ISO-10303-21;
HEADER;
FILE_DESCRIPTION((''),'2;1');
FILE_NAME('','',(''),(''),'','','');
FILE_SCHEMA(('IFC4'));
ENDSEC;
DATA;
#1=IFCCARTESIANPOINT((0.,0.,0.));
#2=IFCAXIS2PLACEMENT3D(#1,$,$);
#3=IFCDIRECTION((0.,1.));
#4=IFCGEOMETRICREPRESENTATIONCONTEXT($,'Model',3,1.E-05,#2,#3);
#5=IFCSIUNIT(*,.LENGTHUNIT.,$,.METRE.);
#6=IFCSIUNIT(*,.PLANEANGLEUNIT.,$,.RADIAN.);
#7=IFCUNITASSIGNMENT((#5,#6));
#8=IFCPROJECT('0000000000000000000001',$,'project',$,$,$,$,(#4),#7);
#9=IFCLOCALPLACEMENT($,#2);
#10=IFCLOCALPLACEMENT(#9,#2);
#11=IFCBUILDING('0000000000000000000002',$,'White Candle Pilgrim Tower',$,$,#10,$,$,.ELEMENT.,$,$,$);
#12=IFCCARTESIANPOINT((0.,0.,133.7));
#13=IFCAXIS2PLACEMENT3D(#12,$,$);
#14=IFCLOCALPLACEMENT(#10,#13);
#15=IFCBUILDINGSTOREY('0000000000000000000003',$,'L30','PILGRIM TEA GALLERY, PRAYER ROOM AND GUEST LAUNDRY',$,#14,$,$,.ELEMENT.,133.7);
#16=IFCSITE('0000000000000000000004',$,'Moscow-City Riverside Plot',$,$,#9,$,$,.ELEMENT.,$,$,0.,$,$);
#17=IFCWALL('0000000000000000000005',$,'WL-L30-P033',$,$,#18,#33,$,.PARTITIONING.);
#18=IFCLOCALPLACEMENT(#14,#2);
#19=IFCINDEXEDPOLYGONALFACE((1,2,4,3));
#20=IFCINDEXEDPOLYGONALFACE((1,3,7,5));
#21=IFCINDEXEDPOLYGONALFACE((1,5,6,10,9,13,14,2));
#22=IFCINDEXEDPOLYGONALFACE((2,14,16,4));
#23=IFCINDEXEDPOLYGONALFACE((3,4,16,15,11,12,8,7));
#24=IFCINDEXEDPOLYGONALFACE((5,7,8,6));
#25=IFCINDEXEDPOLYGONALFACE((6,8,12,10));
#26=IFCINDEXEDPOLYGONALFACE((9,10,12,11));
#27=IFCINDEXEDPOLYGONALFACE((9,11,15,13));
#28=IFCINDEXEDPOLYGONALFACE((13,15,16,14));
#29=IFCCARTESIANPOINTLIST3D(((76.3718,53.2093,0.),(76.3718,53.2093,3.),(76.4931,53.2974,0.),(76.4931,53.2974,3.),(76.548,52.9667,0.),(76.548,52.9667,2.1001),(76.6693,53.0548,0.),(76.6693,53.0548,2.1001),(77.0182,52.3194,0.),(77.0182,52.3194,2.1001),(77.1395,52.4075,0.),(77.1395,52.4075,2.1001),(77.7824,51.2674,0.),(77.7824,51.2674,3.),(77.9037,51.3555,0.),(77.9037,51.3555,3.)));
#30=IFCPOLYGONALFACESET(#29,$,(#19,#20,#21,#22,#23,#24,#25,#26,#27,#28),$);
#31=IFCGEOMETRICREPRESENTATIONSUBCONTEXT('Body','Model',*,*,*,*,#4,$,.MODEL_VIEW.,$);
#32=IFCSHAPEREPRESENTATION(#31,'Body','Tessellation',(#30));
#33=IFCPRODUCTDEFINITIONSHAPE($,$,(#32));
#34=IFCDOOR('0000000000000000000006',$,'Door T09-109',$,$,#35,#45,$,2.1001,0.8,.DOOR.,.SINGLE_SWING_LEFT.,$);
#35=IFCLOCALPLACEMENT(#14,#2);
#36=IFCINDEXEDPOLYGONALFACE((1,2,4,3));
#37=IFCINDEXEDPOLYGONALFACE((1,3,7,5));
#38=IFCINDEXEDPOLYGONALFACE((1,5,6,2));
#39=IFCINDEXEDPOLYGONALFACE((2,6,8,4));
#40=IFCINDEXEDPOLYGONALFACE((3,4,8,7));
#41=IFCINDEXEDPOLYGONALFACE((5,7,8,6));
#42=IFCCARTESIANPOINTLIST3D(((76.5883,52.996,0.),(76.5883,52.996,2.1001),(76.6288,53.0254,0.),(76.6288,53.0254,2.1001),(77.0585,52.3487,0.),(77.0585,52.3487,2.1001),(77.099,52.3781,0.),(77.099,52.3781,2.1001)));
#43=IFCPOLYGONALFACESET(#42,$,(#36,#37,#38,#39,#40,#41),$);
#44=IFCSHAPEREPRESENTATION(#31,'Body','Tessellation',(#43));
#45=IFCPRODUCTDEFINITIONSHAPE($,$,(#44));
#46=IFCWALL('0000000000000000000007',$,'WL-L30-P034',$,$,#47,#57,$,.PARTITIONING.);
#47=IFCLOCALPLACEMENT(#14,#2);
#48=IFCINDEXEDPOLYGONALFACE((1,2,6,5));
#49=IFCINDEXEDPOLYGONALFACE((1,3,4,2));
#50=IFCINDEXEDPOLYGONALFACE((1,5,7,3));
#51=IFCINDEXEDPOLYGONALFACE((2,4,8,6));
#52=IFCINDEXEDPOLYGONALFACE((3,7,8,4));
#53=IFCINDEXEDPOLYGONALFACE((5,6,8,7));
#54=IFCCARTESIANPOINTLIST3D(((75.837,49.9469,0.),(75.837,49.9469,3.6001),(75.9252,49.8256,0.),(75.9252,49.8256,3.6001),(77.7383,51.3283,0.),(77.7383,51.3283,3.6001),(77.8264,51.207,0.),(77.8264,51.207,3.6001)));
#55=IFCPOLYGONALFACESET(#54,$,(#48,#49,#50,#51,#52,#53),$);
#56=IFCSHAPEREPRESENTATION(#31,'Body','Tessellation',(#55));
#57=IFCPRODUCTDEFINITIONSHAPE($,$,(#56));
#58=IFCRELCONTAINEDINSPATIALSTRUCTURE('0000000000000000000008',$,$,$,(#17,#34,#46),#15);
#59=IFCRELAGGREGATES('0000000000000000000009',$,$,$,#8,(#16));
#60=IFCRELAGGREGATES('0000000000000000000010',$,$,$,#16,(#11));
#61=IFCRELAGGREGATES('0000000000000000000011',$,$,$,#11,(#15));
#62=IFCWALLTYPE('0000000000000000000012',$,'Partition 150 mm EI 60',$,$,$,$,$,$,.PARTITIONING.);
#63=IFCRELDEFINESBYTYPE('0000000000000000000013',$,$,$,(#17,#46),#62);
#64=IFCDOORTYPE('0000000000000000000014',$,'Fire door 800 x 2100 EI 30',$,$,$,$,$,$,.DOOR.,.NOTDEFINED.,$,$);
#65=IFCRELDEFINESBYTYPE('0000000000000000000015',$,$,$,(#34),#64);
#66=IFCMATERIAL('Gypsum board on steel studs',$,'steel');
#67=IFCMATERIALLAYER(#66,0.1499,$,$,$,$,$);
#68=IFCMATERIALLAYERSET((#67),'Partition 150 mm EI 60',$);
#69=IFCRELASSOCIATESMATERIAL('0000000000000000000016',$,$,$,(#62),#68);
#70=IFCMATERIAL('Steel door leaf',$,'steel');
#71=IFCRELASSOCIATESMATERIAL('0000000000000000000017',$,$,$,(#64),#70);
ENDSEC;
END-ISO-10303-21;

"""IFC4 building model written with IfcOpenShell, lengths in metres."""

from ifc_helpers import new_model, si_unit, direction, frame, frame_2d, origin, place, context, subcontext, project, spatial, rectangle, extrude, material, layer, layer_set, type_object, element, fill, save


model = new_model("IFC4")

# Units and contexts
model_context = context("Model", 3, precision=1e-05, world=origin(), true_north=direction((0.0, 1.0)))
body_context = subcontext(model_context, "Body", "Model", "MODEL_VIEW")
ifc_project = project(units=[si_unit("LENGTHUNIT", "METRE"), si_unit("PLANEANGLEUNIT", "RADIAN")], contexts=[model_context])

# Site, building, storey
site_placement = place(None, origin())
site = spatial("IfcSite", under=ifc_project, at=site_placement, Name="Moscow-City Riverside Plot", CompositionType="ELEMENT", RefElevation=0.0)
building_placement = place(site_placement, origin())
building = spatial("IfcBuilding", under=site, at=building_placement, Name="White Candle Pilgrim Tower", CompositionType="ELEMENT")
storey_placement = place(building_placement, frame((0.0, 0.0, 133.7)))
storey = spatial("IfcBuildingStorey", under=building, at=storey_placement, Name="L30", Description="PILGRIM TEA GALLERY, PRAYER ROOM AND GUEST LAUNDRY", CompositionType="ELEMENT", Elevation=133.7)

# Shared definitions
ifc_material_1 = material(Name="Gypsum board on steel studs", Category="steel")
ifc_material_2 = material(Name="Steel door leaf", Category="steel")

# Shared definitions
ifc_layer_1 = layer(ifc_material_1, 0.1499)
ifc_layer_set_1 = layer_set([ifc_layer_1], Name="Partition 150 mm EI 60")
wall_type_1 = type_object("IfcWallType", Name="Partition 150 mm EI 60", PredefinedType="PARTITIONING", material=ifc_layer_set_1)

# Wall, opening, door
wall_1_placement = place(storey_placement, frame((76.4324, 53.2534, 0.0), z_axis=(0.0, 0.0, 1.0), x_axis=(0.587724, -0.809061, 0.0)))
wall_1 = element("IfcWall", 1, at=wall_1_placement, inside=storey, type_object=wall_type_1, Name="WL-L30-P033", PredefinedType="PARTITIONING", context=body_context, shape_type="SweptSolid", body=[
    extrude(rectangle(XDim=2.4001, YDim=0.1499, at=frame_2d((1.2002, 0.0))), origin(), (0.0, 0.0, 1.0), 3.0),
])
opening_1_placement = place(wall_1_placement, frame((0.3, 0.0, 0.0)))
opening_1 = element("IfcOpeningElement", 2, at=opening_1_placement, cuts=wall_1, PredefinedType="OPENING", context=body_context, shape_type="SweptSolid", body=[
    extrude(rectangle(XDim=0.8, YDim=2.1001, at=frame_2d((0.3999, 1.05))), frame((0.0, 0.085, 0.0), z_axis=(0.0, -1.0, 0.0), x_axis=(1.0, 0.0, 0.0)), (0.0, 0.0, 1.0), 0.1699),
])
door_type_1 = type_object("IfcDoorType", Name="Fire door 800 x 2100 EI 30", OperationType="NOTDEFINED", PredefinedType="DOOR", material=ifc_material_2)
door_1_placement = place(opening_1_placement, origin())
door_1 = element("IfcDoor", 3, at=door_1_placement, inside=storey, type_object=door_type_1, Name="Door T09-109", OperationType="SINGLE_SWING_LEFT", OverallHeight=2.1001, OverallWidth=0.8, PredefinedType="DOOR", context=body_context, shape_type="SweptSolid", body=[
    extrude(rectangle(XDim=0.8, YDim=2.1001, at=frame_2d((0.3999, 1.05))), frame((0.0, 0.0249, 0.0), z_axis=(0.0, -1.0, 0.0), x_axis=(1.0, 0.0, 0.0)), (0.0, 0.0, 1.0), 0.05),
])
fill(opening_1, door_1)

# Wall
wall_2_placement = place(storey_placement, frame((75.8811, 49.8862, 0.0), z_axis=(0.0, 0.0, 1.0), x_axis=(0.808997, 0.587813, 0.0)))
element("IfcWall", 4, at=wall_2_placement, inside=storey, type_object=wall_type_1, Name="WL-L30-P034", PredefinedType="PARTITIONING", context=body_context, shape_type="SweptSolid", body=[
    extrude(rectangle(XDim=2.3501, YDim=0.1499, at=frame_2d((1.175, 0.0))), origin(), (0.0, 0.0, 1.0), 3.6001),
])

save(model, "model.ifc")
